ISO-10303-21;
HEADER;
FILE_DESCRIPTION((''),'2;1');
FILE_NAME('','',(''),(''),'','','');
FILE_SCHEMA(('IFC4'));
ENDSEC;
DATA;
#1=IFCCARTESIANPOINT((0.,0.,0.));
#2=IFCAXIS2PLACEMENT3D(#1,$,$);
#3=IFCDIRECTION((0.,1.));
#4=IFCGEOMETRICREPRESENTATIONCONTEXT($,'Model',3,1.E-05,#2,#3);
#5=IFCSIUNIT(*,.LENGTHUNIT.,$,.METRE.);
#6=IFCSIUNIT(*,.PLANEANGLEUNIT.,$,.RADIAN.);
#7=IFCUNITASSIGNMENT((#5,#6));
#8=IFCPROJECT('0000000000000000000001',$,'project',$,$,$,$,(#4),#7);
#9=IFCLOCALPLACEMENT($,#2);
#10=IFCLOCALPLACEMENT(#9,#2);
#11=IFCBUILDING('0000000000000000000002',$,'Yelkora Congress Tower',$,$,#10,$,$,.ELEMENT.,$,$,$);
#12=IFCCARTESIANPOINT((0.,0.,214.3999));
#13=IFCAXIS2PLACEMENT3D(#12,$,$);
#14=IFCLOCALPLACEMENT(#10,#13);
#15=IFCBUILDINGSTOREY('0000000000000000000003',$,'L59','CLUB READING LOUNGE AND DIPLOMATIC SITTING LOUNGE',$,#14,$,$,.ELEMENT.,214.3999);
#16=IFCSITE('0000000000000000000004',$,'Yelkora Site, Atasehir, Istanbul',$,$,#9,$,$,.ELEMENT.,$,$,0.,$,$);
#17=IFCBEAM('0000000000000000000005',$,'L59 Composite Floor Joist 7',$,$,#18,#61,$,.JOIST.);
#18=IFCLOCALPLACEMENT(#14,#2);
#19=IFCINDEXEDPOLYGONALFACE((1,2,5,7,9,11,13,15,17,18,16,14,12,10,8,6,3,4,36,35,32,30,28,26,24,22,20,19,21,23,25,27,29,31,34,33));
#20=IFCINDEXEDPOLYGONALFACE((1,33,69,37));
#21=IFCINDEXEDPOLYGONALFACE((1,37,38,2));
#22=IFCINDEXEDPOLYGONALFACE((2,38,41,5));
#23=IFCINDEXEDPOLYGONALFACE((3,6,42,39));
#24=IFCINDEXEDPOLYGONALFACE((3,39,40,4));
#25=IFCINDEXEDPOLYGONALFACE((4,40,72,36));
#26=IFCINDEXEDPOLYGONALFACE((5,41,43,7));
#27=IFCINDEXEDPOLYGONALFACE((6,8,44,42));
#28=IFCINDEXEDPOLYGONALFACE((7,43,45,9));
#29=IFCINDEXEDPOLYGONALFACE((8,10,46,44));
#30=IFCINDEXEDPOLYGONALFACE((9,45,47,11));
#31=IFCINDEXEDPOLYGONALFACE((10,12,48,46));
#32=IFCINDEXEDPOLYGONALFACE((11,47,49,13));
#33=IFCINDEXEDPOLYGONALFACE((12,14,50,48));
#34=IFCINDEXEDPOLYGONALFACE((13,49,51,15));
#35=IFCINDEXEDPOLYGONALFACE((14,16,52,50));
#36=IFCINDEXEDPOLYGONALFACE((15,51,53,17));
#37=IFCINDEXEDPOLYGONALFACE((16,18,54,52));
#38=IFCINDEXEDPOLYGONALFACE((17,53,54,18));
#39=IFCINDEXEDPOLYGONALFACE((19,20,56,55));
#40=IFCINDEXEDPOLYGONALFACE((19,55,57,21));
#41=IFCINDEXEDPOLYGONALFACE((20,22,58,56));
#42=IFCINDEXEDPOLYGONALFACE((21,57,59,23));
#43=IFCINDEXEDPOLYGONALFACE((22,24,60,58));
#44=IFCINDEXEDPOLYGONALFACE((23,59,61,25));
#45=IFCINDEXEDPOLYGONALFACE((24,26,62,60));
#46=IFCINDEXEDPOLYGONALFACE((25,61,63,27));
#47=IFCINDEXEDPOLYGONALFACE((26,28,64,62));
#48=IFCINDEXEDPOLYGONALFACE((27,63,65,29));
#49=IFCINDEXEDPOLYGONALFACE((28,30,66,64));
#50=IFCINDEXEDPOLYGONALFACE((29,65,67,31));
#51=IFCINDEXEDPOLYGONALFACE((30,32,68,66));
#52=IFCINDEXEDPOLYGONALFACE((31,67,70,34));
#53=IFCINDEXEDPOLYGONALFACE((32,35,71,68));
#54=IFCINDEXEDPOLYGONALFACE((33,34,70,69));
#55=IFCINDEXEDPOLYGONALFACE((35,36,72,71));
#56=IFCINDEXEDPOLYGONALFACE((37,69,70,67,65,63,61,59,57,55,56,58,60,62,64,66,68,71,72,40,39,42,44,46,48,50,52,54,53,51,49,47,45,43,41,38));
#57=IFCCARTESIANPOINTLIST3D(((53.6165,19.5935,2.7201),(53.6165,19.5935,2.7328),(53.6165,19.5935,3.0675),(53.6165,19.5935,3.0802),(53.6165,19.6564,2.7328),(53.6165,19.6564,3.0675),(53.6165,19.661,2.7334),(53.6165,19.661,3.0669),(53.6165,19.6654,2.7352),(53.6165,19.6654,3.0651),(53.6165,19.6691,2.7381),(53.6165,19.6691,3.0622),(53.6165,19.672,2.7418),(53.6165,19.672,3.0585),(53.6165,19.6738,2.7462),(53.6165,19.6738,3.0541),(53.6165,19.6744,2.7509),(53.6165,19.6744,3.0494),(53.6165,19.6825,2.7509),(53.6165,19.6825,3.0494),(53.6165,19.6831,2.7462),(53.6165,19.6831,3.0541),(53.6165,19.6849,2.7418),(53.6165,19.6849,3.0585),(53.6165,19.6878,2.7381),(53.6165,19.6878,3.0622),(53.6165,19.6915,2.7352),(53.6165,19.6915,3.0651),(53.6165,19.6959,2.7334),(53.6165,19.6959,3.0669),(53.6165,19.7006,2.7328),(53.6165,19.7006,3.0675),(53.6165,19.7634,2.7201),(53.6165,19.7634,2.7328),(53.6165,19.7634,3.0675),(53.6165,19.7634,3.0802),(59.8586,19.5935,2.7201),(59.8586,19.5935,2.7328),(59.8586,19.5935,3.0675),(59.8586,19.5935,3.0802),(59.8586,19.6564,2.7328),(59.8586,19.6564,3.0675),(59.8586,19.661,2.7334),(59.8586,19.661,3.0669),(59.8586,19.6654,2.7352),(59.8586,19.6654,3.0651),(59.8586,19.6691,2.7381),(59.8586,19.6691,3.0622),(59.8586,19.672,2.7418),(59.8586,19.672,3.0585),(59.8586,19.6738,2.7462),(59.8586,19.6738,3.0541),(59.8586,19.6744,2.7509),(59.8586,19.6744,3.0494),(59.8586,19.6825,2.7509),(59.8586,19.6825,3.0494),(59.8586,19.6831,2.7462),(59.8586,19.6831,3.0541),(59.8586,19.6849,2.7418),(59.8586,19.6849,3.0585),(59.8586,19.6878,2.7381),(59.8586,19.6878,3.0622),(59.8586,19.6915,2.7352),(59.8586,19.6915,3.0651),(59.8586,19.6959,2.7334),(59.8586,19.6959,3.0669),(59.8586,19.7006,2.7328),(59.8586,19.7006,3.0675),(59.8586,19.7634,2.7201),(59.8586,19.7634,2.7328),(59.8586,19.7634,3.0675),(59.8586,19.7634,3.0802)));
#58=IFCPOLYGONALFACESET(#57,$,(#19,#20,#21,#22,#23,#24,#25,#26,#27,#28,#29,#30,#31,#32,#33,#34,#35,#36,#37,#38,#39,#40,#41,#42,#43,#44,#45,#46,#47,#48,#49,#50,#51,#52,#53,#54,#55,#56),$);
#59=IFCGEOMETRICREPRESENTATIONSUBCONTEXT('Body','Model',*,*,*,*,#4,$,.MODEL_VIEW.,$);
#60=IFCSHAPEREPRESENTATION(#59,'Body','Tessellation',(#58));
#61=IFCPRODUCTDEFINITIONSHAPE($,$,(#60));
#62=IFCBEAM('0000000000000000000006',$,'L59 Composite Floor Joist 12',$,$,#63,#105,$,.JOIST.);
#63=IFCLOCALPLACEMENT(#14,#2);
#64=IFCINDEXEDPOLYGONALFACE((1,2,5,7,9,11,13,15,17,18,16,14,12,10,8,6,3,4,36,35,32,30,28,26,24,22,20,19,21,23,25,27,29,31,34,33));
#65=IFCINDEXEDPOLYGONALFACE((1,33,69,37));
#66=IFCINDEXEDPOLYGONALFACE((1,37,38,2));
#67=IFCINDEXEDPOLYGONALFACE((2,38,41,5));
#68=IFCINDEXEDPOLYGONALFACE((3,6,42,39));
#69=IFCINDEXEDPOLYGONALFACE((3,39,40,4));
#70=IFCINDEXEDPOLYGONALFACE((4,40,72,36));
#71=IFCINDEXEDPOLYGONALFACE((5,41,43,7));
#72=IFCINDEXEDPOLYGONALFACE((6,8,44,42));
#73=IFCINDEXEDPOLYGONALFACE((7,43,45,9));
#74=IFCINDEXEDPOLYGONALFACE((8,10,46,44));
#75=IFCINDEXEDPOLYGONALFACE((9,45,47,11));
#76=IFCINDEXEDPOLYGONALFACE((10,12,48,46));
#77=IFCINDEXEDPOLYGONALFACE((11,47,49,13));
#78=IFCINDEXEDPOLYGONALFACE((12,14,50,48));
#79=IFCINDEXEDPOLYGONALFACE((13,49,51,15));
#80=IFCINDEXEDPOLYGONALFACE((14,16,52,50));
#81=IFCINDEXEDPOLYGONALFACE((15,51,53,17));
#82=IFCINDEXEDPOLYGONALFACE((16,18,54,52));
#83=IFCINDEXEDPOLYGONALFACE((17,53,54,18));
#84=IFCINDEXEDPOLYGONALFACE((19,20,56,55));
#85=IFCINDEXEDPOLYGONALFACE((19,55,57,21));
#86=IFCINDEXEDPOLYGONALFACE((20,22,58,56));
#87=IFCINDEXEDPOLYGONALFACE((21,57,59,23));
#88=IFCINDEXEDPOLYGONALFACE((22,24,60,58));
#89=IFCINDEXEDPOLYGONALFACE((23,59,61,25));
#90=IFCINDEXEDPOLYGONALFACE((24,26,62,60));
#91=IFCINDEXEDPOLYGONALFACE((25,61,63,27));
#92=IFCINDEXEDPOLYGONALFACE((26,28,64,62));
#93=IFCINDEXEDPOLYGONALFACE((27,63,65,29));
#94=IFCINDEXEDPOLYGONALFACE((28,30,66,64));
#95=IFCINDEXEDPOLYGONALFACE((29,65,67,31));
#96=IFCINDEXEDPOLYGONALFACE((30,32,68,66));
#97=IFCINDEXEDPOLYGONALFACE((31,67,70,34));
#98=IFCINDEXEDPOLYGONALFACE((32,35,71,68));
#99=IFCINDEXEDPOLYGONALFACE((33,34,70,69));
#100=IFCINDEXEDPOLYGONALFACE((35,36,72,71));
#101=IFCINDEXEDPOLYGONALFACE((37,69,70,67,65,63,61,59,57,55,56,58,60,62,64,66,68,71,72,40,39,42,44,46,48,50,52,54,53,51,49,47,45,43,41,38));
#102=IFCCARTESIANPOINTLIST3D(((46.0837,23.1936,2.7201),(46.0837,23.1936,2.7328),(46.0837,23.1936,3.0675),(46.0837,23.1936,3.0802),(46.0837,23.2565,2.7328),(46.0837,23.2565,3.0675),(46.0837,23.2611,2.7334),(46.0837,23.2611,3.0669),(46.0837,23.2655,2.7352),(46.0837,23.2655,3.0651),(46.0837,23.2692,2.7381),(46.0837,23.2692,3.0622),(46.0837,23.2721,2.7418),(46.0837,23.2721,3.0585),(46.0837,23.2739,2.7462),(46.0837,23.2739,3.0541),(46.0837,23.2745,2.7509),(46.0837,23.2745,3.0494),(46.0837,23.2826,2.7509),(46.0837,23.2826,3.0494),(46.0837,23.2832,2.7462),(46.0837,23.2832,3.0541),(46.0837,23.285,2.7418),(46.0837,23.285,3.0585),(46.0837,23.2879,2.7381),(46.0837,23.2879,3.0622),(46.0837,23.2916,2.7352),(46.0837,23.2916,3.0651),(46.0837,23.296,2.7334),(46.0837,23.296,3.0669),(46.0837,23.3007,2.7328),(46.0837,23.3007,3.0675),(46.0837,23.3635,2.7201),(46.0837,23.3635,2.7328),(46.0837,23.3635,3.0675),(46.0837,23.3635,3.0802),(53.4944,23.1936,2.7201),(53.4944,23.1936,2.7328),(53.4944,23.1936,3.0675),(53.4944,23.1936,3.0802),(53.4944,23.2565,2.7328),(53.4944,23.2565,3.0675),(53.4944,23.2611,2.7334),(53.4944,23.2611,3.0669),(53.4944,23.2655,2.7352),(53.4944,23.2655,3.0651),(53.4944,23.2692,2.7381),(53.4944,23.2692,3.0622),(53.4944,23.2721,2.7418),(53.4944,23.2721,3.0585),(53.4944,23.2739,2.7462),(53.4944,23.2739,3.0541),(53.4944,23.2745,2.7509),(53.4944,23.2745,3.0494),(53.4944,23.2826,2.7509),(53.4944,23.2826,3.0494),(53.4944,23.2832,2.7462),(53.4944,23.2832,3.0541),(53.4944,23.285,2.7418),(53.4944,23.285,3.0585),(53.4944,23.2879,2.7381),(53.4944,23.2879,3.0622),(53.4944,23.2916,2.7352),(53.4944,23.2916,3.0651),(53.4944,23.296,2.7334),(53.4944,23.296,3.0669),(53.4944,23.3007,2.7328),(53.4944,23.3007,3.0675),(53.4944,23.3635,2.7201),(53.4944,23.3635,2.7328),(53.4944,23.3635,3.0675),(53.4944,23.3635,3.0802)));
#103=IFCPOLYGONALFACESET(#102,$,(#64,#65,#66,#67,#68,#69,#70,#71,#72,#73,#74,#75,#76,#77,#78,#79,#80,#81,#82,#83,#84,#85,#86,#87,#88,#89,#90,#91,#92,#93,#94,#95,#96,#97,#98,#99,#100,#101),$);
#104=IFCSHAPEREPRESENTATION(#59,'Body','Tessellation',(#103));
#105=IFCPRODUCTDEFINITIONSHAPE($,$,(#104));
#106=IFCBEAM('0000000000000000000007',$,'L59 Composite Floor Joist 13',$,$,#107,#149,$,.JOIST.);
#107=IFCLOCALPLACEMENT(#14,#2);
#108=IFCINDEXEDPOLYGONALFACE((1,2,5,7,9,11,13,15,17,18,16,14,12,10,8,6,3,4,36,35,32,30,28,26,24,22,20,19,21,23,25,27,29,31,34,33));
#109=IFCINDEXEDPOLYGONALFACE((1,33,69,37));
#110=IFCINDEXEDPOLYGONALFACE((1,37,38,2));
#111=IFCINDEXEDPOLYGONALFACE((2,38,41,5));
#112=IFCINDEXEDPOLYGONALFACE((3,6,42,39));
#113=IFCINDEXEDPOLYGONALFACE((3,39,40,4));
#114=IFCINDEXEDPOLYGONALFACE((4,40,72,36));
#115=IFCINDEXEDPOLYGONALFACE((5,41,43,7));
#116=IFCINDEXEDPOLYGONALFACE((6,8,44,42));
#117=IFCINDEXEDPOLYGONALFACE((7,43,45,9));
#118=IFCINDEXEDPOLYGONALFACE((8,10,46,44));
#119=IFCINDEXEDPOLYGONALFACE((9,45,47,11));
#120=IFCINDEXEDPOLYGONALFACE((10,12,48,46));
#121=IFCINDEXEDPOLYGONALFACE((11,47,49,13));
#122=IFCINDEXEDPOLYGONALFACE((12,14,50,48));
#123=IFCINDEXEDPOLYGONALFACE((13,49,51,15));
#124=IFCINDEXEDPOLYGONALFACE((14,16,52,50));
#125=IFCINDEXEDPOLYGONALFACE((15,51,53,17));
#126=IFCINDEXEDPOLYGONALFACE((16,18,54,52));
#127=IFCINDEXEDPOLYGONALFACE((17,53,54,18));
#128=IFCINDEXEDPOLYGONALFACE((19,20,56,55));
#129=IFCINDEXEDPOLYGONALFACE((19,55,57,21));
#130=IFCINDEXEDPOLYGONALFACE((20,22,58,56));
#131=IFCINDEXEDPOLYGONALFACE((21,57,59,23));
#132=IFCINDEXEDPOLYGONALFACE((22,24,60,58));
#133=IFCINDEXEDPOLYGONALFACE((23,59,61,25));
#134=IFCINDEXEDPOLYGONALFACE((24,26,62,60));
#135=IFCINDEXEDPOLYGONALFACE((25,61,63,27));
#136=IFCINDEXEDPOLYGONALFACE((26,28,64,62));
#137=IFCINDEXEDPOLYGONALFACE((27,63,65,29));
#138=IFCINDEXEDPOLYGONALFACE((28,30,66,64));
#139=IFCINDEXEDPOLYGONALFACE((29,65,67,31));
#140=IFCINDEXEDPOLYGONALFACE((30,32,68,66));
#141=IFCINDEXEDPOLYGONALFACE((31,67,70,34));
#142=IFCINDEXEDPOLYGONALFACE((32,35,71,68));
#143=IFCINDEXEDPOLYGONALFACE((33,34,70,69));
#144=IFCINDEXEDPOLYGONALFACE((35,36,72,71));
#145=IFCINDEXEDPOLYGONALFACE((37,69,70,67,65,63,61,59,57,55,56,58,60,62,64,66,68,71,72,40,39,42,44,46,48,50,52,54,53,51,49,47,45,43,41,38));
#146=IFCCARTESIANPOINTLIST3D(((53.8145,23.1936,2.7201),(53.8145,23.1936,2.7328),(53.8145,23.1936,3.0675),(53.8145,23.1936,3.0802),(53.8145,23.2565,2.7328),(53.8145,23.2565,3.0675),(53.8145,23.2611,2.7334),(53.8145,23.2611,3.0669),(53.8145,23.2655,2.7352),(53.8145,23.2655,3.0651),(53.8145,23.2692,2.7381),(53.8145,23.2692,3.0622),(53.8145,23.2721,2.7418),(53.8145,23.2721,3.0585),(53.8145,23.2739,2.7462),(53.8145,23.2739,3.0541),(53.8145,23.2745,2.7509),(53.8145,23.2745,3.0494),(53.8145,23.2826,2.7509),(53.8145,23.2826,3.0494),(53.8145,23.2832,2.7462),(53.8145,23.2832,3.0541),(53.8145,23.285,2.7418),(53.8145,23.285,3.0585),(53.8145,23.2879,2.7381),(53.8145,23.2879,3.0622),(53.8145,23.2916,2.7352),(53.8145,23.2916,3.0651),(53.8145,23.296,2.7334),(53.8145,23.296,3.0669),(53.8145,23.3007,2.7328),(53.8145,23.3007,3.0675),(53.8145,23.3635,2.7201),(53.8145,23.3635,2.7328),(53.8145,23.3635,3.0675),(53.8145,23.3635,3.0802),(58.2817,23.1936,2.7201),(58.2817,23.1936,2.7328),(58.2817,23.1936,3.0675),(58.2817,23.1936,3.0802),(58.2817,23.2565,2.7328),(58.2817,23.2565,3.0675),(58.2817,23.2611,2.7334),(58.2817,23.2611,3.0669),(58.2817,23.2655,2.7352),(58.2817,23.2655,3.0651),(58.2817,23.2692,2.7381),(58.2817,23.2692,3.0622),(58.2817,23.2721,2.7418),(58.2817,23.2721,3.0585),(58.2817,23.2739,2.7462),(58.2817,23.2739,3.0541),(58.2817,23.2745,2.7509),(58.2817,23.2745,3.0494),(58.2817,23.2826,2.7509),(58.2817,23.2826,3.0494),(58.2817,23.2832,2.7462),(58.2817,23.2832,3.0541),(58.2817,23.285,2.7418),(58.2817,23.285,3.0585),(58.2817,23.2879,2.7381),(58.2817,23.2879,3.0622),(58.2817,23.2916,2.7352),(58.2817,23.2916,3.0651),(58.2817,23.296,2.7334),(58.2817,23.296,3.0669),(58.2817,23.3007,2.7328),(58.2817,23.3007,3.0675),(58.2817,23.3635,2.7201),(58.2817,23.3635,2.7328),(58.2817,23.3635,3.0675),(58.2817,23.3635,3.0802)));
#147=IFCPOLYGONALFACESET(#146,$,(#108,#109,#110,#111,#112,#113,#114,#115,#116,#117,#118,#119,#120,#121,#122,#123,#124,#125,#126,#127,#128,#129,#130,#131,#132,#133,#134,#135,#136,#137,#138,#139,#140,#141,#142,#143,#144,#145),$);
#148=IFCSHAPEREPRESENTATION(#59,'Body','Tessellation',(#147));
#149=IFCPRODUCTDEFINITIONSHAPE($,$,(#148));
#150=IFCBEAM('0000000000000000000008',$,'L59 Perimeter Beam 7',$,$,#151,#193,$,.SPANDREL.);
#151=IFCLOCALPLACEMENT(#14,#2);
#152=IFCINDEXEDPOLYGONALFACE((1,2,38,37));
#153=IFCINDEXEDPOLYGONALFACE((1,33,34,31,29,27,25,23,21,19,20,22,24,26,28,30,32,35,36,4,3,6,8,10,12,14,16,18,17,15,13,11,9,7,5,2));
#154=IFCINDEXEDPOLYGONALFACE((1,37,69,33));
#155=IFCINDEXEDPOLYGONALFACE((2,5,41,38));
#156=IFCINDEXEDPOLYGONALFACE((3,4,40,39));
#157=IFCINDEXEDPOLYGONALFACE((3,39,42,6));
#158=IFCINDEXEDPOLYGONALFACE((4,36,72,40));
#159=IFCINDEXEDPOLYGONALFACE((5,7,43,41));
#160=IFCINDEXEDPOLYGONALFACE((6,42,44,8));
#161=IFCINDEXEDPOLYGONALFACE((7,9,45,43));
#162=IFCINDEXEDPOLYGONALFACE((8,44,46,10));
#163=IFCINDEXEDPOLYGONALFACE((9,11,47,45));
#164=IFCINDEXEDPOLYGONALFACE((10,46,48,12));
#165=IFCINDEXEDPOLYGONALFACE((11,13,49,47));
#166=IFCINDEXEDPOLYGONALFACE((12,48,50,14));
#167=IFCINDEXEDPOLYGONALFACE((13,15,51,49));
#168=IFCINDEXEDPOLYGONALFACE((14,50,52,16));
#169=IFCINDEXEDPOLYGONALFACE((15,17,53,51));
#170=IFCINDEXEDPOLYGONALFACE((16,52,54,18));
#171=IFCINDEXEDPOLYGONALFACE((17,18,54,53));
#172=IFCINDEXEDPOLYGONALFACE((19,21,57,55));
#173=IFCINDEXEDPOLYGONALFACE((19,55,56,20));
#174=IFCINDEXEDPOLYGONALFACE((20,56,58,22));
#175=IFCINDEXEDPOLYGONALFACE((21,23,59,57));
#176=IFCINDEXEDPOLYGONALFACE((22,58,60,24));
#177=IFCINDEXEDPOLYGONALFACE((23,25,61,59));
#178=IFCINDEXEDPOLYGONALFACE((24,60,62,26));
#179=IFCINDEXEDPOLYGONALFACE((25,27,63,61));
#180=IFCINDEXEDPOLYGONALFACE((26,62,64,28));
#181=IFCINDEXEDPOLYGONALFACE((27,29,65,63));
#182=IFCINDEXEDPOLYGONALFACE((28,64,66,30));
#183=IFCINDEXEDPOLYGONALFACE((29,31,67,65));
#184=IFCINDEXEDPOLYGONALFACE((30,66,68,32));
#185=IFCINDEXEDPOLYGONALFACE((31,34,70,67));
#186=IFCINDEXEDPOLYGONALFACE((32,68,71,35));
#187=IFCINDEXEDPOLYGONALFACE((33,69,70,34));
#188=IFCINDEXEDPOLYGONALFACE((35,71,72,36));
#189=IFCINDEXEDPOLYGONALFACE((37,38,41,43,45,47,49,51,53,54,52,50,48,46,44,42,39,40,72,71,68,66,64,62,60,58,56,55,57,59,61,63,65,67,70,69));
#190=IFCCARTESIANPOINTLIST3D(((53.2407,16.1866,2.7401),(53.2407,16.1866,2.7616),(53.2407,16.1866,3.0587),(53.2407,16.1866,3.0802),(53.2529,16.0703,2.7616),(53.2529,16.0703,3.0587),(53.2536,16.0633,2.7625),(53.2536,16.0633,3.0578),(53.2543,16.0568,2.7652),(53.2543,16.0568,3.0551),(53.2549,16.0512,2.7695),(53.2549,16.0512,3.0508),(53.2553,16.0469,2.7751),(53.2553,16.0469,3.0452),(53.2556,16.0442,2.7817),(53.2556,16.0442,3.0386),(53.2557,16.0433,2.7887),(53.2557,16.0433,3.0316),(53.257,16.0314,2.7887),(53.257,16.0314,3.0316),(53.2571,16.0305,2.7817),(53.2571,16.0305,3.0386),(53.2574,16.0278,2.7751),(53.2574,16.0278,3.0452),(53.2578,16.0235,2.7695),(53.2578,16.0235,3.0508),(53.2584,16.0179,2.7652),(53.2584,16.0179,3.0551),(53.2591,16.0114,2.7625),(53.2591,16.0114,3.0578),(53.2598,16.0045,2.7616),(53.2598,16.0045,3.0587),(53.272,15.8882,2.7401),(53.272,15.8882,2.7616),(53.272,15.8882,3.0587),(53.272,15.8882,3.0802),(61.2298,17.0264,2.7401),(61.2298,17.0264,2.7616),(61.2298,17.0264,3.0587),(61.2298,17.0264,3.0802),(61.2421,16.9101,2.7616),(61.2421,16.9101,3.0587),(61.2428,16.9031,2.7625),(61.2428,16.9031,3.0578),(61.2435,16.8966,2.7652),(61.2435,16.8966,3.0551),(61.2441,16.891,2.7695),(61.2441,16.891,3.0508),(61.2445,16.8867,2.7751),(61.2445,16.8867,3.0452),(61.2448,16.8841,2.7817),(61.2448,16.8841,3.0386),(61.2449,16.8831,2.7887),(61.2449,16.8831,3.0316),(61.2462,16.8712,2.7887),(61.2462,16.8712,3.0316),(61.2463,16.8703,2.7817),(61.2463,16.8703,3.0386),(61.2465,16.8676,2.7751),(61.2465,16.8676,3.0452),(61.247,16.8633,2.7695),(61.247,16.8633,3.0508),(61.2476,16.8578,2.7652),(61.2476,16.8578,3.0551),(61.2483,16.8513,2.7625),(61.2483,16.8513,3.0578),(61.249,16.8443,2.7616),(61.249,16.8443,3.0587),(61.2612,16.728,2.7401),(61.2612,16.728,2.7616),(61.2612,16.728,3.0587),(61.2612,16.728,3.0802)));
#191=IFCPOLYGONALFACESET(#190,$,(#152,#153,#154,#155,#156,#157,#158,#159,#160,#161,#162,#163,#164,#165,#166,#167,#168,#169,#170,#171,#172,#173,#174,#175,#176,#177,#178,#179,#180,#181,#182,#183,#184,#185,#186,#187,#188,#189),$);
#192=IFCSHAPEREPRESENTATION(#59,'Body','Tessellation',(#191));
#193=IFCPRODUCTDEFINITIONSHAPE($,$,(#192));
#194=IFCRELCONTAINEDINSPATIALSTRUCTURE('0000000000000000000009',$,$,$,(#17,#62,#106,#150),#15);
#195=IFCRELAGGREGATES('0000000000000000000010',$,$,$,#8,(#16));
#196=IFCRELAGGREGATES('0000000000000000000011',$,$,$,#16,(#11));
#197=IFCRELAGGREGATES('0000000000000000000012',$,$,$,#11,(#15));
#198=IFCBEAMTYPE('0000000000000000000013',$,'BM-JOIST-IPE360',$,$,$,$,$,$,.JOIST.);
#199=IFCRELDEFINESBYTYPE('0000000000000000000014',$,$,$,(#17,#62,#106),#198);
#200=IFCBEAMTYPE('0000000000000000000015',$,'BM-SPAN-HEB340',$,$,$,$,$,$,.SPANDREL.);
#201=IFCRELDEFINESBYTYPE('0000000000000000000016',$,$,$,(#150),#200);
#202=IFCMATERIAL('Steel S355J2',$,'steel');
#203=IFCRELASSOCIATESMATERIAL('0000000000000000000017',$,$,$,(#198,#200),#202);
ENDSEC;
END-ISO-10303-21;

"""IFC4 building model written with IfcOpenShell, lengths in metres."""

from ifc_helpers import new_model, si_unit, direction, frame, origin, origin_2d, place, context, subcontext, project, spatial, i_section, extrude, material, material_profile, profile_set, type_object, element, save


model = new_model("IFC4")

# Units and contexts
model_context = context("Model", 3, precision=1e-05, world=origin(), true_north=direction((0.0, 1.0)))
body_context = subcontext(model_context, "Body", "Model", "MODEL_VIEW")
ifc_project = project(units=[si_unit("LENGTHUNIT", "METRE"), si_unit("PLANEANGLEUNIT", "RADIAN")], contexts=[model_context])

# Site, building, storey
site_placement = place(None, origin())
site = spatial("IfcSite", under=ifc_project, at=site_placement, Name="Yelkora Site, Atasehir, Istanbul", CompositionType="ELEMENT", RefElevation=0.0)
building_placement = place(site_placement, origin())
building = spatial("IfcBuilding", under=site, at=building_placement, Name="Yelkora Congress Tower", CompositionType="ELEMENT")
storey_placement = place(building_placement, frame((0.0, 0.0, 214.3999)))
storey = spatial("IfcBuildingStorey", under=building, at=storey_placement, Name="L59", Description="CLUB READING LOUNGE AND DIPLOMATIC SITTING LOUNGE", CompositionType="ELEMENT", Elevation=214.3999)

# Shared definitions
ifc_material_1 = material(Name="Steel S355J2", Category="steel")

# Beams
ifc_material_profile_1 = material_profile(ifc_material_1, i_section(OverallWidth=0.1699, OverallDepth=0.3601, WebThickness=0.0081, FlangeThickness=0.0127, FilletRadius=0.0181, at=origin_2d()), Name="IPE 360")
ifc_profile_set_1 = profile_set([ifc_material_profile_1], Name="Steel S355J2")
beam_type_1 = type_object("IfcBeamType", Name="BM-JOIST-IPE360", PredefinedType="JOIST", material=ifc_profile_set_1)
beam_1_placement = place(storey_placement, frame((53.6165, 19.6785, 2.9001), z_axis=(1.0, 0.0, 0.0), x_axis=(0.0, 1.0, 0.0)))
element("IfcBeam", 1, at=beam_1_placement, inside=storey, type_object=beam_type_1, Name="L59 Composite Floor Joist 7", PredefinedType="JOIST", context=body_context, shape_type="SweptSolid", body=[
    extrude(i_section(OverallWidth=0.1699, OverallDepth=0.3601, WebThickness=0.0081, FlangeThickness=0.0127, FilletRadius=0.0181, at=origin_2d()), origin(), (0.0, 0.0, 1.0), 6.2422),
])
beam_2_placement = place(storey_placement, frame((46.0837, 23.2786, 2.9001), z_axis=(1.0, 0.0, 0.0), x_axis=(0.0, 1.0, 0.0)))
element("IfcBeam", 2, at=beam_2_placement, inside=storey, type_object=beam_type_1, Name="L59 Composite Floor Joist 12", PredefinedType="JOIST", context=body_context, shape_type="SweptSolid", body=[
    extrude(i_section(OverallWidth=0.1699, OverallDepth=0.3601, WebThickness=0.0081, FlangeThickness=0.0127, FilletRadius=0.0181, at=origin_2d()), origin(), (0.0, 0.0, 1.0), 7.4106),
])
beam_3_placement = place(storey_placement, frame((53.8145, 23.2786, 2.9001), z_axis=(1.0, 0.0, 0.0), x_axis=(0.0, 1.0, 0.0)))
element("IfcBeam", 3, at=beam_3_placement, inside=storey, type_object=beam_type_1, Name="L59 Composite Floor Joist 13", PredefinedType="JOIST", context=body_context, shape_type="SweptSolid", body=[
    extrude(i_section(OverallWidth=0.1699, OverallDepth=0.3601, WebThickness=0.0081, FlangeThickness=0.0127, FilletRadius=0.0181, at=origin_2d()), origin(), (0.0, 0.0, 1.0), 4.4673),
])
ifc_material_profile_2 = material_profile(ifc_material_1, i_section(OverallWidth=0.3, OverallDepth=0.3401, WebThickness=0.012, FlangeThickness=0.0215, FilletRadius=0.0271, at=origin_2d()), Name="HEB 340")
ifc_profile_set_2 = profile_set([ifc_material_profile_2], Name="Steel S355J2")
beam_type_2 = type_object("IfcBeamType", Name="BM-SPAN-HEB340", PredefinedType="SPANDREL", material=ifc_profile_set_2)
beam_4_placement = place(storey_placement, frame((53.2563, 16.0374, 2.9102), z_axis=(0.99452, 0.104546, 0.0), x_axis=(-0.104546, 0.99452, 0.0)))
element("IfcBeam", 4, at=beam_4_placement, inside=storey, type_object=beam_type_2, Name="L59 Perimeter Beam 7", PredefinedType="SPANDREL", context=body_context, shape_type="SweptSolid", body=[
    extrude(i_section(OverallWidth=0.3, OverallDepth=0.3401, WebThickness=0.012, FlangeThickness=0.0215, FilletRadius=0.0271, at=origin_2d()), origin(), (0.0, 0.0, 1.0), 8.0332),
])

save(model, "model.ifc")
